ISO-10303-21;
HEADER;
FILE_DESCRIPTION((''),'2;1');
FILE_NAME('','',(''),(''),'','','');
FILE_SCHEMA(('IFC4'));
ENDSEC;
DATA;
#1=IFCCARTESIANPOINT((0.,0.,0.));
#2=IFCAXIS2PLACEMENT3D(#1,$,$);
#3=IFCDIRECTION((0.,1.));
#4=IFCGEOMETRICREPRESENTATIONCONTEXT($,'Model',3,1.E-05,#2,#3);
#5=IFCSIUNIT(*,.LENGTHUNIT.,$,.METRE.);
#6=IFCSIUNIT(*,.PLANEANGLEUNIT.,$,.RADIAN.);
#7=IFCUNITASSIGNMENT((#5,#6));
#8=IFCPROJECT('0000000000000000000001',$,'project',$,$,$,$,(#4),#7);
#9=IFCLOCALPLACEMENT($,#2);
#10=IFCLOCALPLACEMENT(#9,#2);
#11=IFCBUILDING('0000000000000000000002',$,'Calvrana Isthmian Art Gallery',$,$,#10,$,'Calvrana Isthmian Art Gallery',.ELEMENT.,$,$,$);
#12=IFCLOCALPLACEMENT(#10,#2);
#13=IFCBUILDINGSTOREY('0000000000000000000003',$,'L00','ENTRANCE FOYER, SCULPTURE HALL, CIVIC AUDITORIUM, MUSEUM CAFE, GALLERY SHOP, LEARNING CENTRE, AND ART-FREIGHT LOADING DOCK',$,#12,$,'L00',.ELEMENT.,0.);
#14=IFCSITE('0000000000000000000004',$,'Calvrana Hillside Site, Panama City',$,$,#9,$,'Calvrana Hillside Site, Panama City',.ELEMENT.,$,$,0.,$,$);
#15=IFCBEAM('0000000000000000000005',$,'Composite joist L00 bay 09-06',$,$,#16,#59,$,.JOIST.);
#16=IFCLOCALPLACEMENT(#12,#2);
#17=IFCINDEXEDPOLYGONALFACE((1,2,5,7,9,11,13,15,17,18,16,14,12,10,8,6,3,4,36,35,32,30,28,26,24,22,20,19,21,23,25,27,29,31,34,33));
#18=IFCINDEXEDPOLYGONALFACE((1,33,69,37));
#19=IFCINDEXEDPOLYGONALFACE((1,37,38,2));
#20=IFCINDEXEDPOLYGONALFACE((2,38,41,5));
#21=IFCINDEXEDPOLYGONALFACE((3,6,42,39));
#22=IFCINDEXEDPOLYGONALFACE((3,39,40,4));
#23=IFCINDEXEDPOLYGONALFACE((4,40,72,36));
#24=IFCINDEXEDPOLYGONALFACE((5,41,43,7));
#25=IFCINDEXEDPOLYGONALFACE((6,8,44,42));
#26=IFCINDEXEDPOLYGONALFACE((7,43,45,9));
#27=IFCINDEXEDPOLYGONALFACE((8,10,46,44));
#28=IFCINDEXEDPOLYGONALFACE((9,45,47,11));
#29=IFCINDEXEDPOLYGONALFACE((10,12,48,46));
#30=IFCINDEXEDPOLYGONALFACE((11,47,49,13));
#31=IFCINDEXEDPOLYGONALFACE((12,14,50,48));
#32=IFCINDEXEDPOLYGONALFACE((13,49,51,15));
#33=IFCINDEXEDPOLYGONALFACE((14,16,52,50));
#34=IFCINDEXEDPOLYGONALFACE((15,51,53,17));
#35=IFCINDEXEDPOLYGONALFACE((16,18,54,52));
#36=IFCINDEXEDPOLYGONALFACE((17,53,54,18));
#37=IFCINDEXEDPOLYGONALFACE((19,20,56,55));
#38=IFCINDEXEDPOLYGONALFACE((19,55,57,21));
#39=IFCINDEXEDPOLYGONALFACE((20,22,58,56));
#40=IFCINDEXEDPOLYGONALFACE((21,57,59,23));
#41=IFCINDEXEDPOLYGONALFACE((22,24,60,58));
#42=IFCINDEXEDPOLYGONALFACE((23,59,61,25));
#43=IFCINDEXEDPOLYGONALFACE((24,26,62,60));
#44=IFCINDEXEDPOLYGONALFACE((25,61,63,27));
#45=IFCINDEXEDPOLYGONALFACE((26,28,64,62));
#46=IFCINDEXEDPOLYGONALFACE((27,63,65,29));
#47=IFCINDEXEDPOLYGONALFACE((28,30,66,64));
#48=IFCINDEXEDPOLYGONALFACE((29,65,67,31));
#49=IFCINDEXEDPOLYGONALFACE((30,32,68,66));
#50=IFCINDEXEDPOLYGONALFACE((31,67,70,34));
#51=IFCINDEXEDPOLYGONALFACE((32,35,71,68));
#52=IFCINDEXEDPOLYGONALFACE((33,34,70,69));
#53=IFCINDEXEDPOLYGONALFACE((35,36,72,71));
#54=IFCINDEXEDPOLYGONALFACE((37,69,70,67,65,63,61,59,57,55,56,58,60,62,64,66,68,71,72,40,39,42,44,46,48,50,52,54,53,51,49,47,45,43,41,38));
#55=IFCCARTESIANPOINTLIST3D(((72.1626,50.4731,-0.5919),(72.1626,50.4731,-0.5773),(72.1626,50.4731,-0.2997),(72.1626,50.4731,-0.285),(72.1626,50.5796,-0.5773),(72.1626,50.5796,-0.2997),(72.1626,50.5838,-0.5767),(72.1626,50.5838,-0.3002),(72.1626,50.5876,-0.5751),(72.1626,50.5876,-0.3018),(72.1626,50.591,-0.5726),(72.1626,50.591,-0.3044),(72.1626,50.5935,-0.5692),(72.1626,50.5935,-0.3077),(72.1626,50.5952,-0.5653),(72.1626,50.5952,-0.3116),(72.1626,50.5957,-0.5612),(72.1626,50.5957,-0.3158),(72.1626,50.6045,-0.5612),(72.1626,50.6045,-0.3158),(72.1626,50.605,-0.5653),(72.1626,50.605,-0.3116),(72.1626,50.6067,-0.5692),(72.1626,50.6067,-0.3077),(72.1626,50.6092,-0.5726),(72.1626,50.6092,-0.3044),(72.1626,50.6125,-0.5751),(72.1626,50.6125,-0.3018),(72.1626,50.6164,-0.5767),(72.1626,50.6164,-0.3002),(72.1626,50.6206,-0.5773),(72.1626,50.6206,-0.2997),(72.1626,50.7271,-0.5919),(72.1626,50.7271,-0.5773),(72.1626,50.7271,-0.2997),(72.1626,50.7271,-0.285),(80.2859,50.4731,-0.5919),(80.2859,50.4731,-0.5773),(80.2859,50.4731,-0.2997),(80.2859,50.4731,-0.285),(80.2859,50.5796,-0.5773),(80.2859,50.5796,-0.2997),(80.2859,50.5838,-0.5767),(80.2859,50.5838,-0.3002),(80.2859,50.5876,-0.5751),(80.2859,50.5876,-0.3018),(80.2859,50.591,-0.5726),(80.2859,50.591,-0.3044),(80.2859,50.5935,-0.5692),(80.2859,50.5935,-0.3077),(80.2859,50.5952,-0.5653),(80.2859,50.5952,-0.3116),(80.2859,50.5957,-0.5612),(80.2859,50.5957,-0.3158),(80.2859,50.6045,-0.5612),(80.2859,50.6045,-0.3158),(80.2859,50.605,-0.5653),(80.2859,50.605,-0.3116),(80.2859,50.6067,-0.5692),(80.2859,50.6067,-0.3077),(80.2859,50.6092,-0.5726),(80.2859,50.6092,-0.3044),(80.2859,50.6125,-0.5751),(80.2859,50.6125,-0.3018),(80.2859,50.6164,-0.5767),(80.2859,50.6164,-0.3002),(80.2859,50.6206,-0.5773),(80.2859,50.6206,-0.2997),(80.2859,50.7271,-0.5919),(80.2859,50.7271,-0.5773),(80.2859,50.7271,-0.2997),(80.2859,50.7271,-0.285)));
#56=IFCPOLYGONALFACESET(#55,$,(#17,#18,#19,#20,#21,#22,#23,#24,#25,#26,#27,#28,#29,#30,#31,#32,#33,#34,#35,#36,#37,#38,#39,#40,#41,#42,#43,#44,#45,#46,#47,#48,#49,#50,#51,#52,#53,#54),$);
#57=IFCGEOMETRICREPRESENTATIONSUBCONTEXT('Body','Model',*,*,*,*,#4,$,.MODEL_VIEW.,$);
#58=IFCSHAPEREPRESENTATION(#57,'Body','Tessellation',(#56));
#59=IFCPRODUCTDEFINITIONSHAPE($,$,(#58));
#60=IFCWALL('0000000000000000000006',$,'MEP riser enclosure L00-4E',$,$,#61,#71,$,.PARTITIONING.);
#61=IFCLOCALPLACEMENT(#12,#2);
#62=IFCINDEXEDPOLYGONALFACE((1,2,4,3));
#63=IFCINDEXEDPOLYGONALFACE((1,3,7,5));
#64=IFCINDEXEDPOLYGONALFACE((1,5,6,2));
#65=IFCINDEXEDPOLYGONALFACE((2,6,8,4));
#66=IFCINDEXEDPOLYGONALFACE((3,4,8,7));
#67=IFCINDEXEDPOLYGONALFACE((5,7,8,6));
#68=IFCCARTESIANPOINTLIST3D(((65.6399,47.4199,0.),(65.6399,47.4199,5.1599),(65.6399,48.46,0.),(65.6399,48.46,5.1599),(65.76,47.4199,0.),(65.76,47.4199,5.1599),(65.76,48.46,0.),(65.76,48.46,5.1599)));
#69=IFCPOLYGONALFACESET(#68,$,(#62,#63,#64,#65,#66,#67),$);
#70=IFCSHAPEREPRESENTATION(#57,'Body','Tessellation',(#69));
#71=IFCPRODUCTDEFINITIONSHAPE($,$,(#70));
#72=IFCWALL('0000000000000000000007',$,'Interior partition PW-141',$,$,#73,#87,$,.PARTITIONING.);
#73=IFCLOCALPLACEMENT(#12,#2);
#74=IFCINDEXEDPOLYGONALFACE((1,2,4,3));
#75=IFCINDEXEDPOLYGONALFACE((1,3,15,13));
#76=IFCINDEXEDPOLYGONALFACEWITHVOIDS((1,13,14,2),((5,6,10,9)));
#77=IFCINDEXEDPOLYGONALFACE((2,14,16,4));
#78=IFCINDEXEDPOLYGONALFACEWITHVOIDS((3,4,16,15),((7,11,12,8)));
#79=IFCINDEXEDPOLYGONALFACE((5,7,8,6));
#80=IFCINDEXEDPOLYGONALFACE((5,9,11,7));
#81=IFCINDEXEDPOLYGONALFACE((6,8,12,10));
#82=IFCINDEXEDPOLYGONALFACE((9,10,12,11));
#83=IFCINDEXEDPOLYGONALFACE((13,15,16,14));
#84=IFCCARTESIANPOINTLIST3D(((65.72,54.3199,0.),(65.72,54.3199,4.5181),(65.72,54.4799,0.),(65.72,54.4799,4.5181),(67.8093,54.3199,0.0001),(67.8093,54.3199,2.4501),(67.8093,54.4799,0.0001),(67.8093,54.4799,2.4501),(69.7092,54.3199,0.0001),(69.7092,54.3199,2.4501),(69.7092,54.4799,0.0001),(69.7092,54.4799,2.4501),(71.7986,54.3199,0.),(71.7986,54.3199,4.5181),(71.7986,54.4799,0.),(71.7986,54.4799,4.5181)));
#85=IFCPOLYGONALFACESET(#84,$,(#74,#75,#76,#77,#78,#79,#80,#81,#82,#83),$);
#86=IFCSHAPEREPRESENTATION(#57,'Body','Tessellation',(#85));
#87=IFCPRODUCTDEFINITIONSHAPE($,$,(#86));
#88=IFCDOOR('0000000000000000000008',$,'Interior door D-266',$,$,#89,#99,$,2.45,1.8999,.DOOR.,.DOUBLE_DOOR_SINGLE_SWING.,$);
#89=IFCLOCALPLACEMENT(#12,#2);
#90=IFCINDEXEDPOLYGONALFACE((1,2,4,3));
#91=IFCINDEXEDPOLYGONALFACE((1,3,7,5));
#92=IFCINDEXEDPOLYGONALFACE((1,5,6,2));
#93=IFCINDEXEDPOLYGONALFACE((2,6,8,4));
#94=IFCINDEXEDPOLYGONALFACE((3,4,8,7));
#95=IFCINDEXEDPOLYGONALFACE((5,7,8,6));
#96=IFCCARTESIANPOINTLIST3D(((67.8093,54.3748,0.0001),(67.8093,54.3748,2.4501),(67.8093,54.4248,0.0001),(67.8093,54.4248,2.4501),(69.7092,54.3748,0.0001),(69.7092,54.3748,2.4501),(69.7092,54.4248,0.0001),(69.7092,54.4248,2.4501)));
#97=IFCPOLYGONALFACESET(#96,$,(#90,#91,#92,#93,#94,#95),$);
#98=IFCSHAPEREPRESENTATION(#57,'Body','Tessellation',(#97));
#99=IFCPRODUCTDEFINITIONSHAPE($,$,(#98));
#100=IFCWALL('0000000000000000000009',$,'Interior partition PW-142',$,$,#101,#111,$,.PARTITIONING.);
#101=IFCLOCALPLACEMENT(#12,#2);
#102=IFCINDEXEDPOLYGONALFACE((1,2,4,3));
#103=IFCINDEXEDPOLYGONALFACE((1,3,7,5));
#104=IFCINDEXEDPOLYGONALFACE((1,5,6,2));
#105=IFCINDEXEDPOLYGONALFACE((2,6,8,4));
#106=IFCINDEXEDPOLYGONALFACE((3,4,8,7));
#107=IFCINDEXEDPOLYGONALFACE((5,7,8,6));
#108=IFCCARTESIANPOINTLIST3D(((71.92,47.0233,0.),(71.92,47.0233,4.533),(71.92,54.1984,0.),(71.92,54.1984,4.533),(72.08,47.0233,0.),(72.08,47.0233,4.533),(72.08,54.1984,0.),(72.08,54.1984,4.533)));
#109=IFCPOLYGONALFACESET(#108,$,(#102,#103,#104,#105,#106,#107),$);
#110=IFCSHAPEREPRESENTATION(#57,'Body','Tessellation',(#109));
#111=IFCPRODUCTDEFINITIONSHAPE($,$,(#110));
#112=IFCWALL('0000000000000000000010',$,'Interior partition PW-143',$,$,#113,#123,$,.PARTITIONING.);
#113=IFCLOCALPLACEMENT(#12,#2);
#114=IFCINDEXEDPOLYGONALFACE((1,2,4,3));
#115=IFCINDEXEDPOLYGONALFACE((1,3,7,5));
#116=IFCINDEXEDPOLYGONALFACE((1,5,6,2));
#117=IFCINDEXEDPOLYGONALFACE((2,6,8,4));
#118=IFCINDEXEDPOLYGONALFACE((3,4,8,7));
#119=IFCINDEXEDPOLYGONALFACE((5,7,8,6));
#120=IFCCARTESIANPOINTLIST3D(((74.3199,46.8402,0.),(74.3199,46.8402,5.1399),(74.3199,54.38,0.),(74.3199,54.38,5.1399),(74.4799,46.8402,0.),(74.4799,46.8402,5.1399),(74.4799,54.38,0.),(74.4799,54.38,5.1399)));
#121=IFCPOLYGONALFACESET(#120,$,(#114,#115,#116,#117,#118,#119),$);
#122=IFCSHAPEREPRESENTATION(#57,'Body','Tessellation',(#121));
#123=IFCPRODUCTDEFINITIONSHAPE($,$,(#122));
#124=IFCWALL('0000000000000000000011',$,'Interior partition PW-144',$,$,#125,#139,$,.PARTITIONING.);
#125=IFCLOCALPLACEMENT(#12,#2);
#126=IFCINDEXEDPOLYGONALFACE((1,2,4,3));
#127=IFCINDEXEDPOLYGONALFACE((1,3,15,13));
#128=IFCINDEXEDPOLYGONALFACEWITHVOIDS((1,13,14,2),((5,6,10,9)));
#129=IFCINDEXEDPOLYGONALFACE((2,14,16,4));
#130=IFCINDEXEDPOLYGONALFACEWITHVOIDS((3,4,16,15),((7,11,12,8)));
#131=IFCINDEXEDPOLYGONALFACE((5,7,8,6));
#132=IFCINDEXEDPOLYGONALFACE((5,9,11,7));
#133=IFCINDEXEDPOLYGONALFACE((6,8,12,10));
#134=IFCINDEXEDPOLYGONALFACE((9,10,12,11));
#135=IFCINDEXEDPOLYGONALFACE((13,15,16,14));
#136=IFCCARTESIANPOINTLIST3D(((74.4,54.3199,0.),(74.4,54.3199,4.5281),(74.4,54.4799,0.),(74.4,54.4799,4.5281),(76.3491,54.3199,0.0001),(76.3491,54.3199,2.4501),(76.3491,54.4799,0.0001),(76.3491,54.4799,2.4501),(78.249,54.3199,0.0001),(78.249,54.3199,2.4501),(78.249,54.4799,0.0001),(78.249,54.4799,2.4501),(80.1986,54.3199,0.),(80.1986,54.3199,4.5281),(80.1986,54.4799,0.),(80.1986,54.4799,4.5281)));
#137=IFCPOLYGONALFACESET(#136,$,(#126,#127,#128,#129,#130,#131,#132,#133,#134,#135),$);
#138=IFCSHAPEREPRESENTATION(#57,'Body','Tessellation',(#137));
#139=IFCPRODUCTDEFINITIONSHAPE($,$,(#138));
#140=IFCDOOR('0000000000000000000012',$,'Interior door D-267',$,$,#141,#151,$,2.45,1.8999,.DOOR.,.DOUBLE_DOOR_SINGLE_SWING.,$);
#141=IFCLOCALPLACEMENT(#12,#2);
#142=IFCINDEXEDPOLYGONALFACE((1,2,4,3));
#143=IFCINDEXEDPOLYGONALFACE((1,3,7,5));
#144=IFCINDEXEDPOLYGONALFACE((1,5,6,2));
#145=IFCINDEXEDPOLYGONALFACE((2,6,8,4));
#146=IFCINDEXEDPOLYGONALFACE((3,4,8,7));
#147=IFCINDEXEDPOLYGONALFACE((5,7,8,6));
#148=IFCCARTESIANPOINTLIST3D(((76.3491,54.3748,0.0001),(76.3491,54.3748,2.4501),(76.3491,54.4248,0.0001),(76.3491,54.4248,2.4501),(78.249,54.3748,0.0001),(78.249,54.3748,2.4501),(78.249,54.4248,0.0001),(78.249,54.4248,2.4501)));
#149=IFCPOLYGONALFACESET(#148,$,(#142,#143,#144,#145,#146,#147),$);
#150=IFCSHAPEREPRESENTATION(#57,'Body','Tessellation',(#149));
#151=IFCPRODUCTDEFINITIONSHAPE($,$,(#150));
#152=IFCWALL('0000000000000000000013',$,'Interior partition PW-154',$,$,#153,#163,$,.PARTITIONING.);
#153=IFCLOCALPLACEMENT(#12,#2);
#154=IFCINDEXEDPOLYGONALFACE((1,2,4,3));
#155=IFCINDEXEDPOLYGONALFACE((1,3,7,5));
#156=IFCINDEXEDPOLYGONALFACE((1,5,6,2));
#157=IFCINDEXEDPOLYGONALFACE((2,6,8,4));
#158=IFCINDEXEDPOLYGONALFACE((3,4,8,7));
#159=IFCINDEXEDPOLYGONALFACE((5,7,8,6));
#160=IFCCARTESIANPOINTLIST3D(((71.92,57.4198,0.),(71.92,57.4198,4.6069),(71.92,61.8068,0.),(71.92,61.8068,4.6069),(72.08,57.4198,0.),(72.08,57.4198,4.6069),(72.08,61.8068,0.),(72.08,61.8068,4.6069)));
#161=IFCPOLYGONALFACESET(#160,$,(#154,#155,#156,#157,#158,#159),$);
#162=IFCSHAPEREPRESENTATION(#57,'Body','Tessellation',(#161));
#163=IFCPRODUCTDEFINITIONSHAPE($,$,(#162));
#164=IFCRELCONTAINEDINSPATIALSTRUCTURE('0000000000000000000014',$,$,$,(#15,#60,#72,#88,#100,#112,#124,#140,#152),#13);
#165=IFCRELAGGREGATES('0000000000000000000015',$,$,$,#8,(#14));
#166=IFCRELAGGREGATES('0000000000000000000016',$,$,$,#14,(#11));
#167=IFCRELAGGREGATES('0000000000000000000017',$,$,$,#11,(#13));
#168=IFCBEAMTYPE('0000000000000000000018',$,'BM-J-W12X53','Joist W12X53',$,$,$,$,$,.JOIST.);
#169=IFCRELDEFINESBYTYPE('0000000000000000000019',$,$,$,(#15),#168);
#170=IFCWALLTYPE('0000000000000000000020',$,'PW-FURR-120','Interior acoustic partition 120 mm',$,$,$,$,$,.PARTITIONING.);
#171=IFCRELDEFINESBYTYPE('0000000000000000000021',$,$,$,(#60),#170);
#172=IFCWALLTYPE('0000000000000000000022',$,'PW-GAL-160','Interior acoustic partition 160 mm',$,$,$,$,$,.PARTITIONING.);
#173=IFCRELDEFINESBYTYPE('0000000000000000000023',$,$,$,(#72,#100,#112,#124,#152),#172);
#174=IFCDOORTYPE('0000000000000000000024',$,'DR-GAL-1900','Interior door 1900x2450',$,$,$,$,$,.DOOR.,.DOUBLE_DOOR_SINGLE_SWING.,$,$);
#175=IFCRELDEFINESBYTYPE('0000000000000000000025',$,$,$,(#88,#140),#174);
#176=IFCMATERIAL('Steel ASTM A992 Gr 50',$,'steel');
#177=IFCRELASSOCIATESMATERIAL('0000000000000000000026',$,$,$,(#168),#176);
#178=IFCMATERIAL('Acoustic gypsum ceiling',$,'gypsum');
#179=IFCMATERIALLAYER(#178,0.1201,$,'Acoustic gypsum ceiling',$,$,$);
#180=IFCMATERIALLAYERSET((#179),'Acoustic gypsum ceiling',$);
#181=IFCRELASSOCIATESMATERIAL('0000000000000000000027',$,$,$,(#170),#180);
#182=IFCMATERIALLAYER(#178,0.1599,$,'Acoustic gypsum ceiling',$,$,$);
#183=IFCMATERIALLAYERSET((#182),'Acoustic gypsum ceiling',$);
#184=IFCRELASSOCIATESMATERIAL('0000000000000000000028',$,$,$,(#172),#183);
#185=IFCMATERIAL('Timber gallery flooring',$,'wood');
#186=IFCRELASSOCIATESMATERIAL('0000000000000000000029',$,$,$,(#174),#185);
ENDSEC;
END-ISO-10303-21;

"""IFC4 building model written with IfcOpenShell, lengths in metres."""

from ifc_helpers import new_model, si_unit, direction, frame, frame_2d, origin, origin_2d, place, context, subcontext, project, spatial, rectangle, i_section, extrude, material, layer, layer_set, material_profile, profile_set, type_object, element, fill, save


model = new_model("IFC4")

# Units and contexts
model_context = context("Model", 3, precision=1e-05, world=origin(), true_north=direction((0.0, 1.0)))
body_context = subcontext(model_context, "Body", "Model", "MODEL_VIEW")
ifc_project = project(units=[si_unit("LENGTHUNIT", "METRE"), si_unit("PLANEANGLEUNIT", "RADIAN")], contexts=[model_context])

# Site, building, storey
site_placement = place(None, origin())
site = spatial("IfcSite", under=ifc_project, at=site_placement, Name="Calvrana Hillside Site, Panama City", LongName="Calvrana Hillside Site, Panama City", CompositionType="ELEMENT", RefElevation=0.0)
building_placement = place(site_placement, origin())
building = spatial("IfcBuilding", under=site, at=building_placement, Name="Calvrana Isthmian Art Gallery", LongName="Calvrana Isthmian Art Gallery", CompositionType="ELEMENT")
storey_placement = place(building_placement, origin())
storey = spatial("IfcBuildingStorey", under=building, at=storey_placement, Name="L00", Description="ENTRANCE FOYER, SCULPTURE HALL, CIVIC AUDITORIUM, MUSEUM CAFE, GALLERY SHOP, LEARNING CENTRE, AND ART-FREIGHT LOADING DOCK", LongName="L00", CompositionType="ELEMENT", Elevation=0.0)

# Shared definitions
ifc_material_1 = material(Name="Steel ASTM A992 Gr 50", Category="steel")

# Beam
ifc_material_profile_1 = material_profile(ifc_material_1, i_section(OverallWidth=0.2539, OverallDepth=0.3069, WebThickness=0.0088, FlangeThickness=0.0146, FilletRadius=0.0161, at=origin_2d()), Name="W12X53")
ifc_profile_set_1 = profile_set([ifc_material_profile_1], Name="Steel ASTM A992 Gr 50")
beam_type_1 = type_object("IfcBeamType", Name="BM-J-W12X53", Description="Joist W12X53", PredefinedType="JOIST", material=ifc_profile_set_1)
beam_1_placement = place(storey_placement, frame((72.1626, 50.6001, -0.4385), z_axis=(1.0, 0.0, 0.0), x_axis=(0.0, 1.0, 0.0)))
element("IfcBeam", 1, at=beam_1_placement, inside=storey, type_object=beam_type_1, Name="Composite joist L00 bay 09-06", PredefinedType="JOIST", context=body_context, shape_type="SweptSolid", body=[
    extrude(i_section(OverallWidth=0.2539, OverallDepth=0.3069, WebThickness=0.0088, FlangeThickness=0.0146, FilletRadius=0.0161, at=origin_2d()), origin(), (0.0, 0.0, 1.0), 8.1233),
])

# Wall
ifc_material_2 = material(Name="Acoustic gypsum ceiling", Category="gypsum")
ifc_layer_1 = layer(ifc_material_2, 0.1201, Name="Acoustic gypsum ceiling")
ifc_layer_set_1 = layer_set([ifc_layer_1], Name="Acoustic gypsum ceiling")
wall_type_1 = type_object("IfcWallType", Name="PW-FURR-120", Description="Interior acoustic partition 120 mm", PredefinedType="PARTITIONING", material=ifc_layer_set_1)
wall_1_placement = place(storey_placement, frame((65.7, 47.4199, 0.0), z_axis=(0.0, 0.0, 1.0), x_axis=(0.0, 1.0, 0.0)))
element("IfcWall", 2, at=wall_1_placement, inside=storey, type_object=wall_type_1, Name="MEP riser enclosure L00-4E", PredefinedType="PARTITIONING", context=body_context, shape_type="SweptSolid", body=[
    extrude(rectangle(XDim=1.04, YDim=0.1201, at=frame_2d((0.52, 0.0))), origin(), (0.0, 0.0, 1.0), 5.1599),
])

# Wall, opening, door
ifc_layer_2 = layer(ifc_material_2, 0.1599, Name="Acoustic gypsum ceiling")
ifc_layer_set_2 = layer_set([ifc_layer_2], Name="Acoustic gypsum ceiling")
wall_type_2 = type_object("IfcWallType", Name="PW-GAL-160", Description="Interior acoustic partition 160 mm", PredefinedType="PARTITIONING", material=ifc_layer_set_2)
wall_2_placement = place(storey_placement, frame((65.72, 54.3999, 0.0), z_axis=(0.0, 0.0, 1.0), x_axis=(1.0, 0.0, 0.0)))
wall_2 = element("IfcWall", 3, at=wall_2_placement, inside=storey, type_object=wall_type_2, Name="Interior partition PW-141", PredefinedType="PARTITIONING", context=body_context, shape_type="SweptSolid", body=[
    extrude(rectangle(XDim=6.0786, YDim=0.1599, at=frame_2d((3.0393, 0.0))), origin(), (0.0, 0.0, 1.0), 4.5181),
])
opening_1_placement = place(wall_2_placement, frame((2.0894, 0.0, 0.0)))
opening_1 = element("IfcOpeningElement", 4, at=opening_1_placement, cuts=wall_2, PredefinedType="OPENING", context=body_context, shape_type="SweptSolid", body=[
    extrude(rectangle(XDim=1.8999, YDim=2.45, at=frame_2d((0.95, 1.2251))), frame((0.0, 0.0903, 0.0), z_axis=(0.0, -1.0, 0.0), x_axis=(1.0, 0.0, 0.0)), (0.0, 0.0, 1.0), 0.1804),
])
ifc_material_3 = material(Name="Timber gallery flooring", Category="wood")
door_type_1 = type_object("IfcDoorType", Name="DR-GAL-1900", Description="Interior door 1900x2450", OperationType="DOUBLE_DOOR_SINGLE_SWING", PredefinedType="DOOR", material=ifc_material_3)
door_1_placement = place(opening_1_placement, origin())
door_1 = element("IfcDoor", 5, at=door_1_placement, inside=storey, type_object=door_type_1, Name="Interior door D-266", OperationType="DOUBLE_DOOR_SINGLE_SWING", OverallHeight=2.45, OverallWidth=1.8999, PredefinedType="DOOR", context=body_context, shape_type="SweptSolid", body=[
    extrude(rectangle(XDim=1.8999, YDim=2.45, at=frame_2d((0.95, 1.2251))), frame((0.0, 0.0249, 0.0), z_axis=(0.0, -1.0, 0.0), x_axis=(1.0, 0.0, 0.0)), (0.0, 0.0, 1.0), 0.05),
])
fill(opening_1, door_1)

# Walls
wall_3_placement = place(storey_placement, frame((72.0, 47.0234, 0.0), z_axis=(0.0, 0.0, 1.0), x_axis=(0.0, 1.0, 0.0)))
element("IfcWall", 6, at=wall_3_placement, inside=storey, type_object=wall_type_2, Name="Interior partition PW-142", PredefinedType="PARTITIONING", context=body_context, shape_type="SweptSolid", body=[
    extrude(rectangle(XDim=7.175, YDim=0.1599, at=frame_2d((3.5874, 0.0))), origin(), (0.0, 0.0, 1.0), 4.533),
])
wall_4_placement = place(storey_placement, frame((74.3999, 46.8401, 0.0), z_axis=(0.0, 0.0, 1.0), x_axis=(0.0, 1.0, 0.0)))
element("IfcWall", 7, at=wall_4_placement, inside=storey, type_object=wall_type_2, Name="Interior partition PW-143", PredefinedType="PARTITIONING", context=body_context, shape_type="SweptSolid", body=[
    extrude(rectangle(XDim=7.5398, YDim=0.1599, at=frame_2d((3.77, 0.0))), origin(), (0.0, 0.0, 1.0), 5.1399),
])

# Wall, opening, door
wall_5_placement = place(storey_placement, frame((74.3999, 54.3999, 0.0), z_axis=(0.0, 0.0, 1.0), x_axis=(1.0, 0.0, 0.0)))
wall_5 = element("IfcWall", 8, at=wall_5_placement, inside=storey, type_object=wall_type_2, Name="Interior partition PW-144", PredefinedType="PARTITIONING", context=body_context, shape_type="SweptSolid", body=[
    extrude(rectangle(XDim=5.7986, YDim=0.1599, at=frame_2d((2.8994, 0.0))), origin(), (0.0, 0.0, 1.0), 4.5281),
])
opening_2_placement = place(wall_5_placement, frame((1.9492, 0.0, 0.0)))
opening_2 = element("IfcOpeningElement", 9, at=opening_2_placement, cuts=wall_5, PredefinedType="OPENING", context=body_context, shape_type="SweptSolid", body=[
    extrude(rectangle(XDim=1.8999, YDim=2.45, at=frame_2d((0.95, 1.2251))), frame((0.0, 0.0903, 0.0), z_axis=(0.0, -1.0, 0.0), x_axis=(1.0, 0.0, 0.0)), (0.0, 0.0, 1.0), 0.1804),
])
door_2_placement = place(opening_2_placement, origin())
door_2 = element("IfcDoor", 10, at=door_2_placement, inside=storey, type_object=door_type_1, Name="Interior door D-267", OperationType="DOUBLE_DOOR_SINGLE_SWING", OverallHeight=2.45, OverallWidth=1.8999, PredefinedType="DOOR", context=body_context, shape_type="SweptSolid", body=[
    extrude(rectangle(XDim=1.8999, YDim=2.45, at=frame_2d((0.95, 1.2251))), frame((0.0, 0.0249, 0.0), z_axis=(0.0, -1.0, 0.0), x_axis=(1.0, 0.0, 0.0)), (0.0, 0.0, 1.0), 0.05),
])
fill(opening_2, door_2)

# Wall
wall_6_placement = place(storey_placement, frame((72.0, 57.4199, 0.0), z_axis=(0.0, 0.0, 1.0), x_axis=(0.0, 1.0, 0.0)))
element("IfcWall", 11, at=wall_6_placement, inside=storey, type_object=wall_type_2, Name="Interior partition PW-154", PredefinedType="PARTITIONING", context=body_context, shape_type="SweptSolid", body=[
    extrude(rectangle(XDim=4.387, YDim=0.1599, at=frame_2d((2.1934, 0.0))), origin(), (0.0, 0.0, 1.0), 4.6069),
])

save(model, "model.ifc")
